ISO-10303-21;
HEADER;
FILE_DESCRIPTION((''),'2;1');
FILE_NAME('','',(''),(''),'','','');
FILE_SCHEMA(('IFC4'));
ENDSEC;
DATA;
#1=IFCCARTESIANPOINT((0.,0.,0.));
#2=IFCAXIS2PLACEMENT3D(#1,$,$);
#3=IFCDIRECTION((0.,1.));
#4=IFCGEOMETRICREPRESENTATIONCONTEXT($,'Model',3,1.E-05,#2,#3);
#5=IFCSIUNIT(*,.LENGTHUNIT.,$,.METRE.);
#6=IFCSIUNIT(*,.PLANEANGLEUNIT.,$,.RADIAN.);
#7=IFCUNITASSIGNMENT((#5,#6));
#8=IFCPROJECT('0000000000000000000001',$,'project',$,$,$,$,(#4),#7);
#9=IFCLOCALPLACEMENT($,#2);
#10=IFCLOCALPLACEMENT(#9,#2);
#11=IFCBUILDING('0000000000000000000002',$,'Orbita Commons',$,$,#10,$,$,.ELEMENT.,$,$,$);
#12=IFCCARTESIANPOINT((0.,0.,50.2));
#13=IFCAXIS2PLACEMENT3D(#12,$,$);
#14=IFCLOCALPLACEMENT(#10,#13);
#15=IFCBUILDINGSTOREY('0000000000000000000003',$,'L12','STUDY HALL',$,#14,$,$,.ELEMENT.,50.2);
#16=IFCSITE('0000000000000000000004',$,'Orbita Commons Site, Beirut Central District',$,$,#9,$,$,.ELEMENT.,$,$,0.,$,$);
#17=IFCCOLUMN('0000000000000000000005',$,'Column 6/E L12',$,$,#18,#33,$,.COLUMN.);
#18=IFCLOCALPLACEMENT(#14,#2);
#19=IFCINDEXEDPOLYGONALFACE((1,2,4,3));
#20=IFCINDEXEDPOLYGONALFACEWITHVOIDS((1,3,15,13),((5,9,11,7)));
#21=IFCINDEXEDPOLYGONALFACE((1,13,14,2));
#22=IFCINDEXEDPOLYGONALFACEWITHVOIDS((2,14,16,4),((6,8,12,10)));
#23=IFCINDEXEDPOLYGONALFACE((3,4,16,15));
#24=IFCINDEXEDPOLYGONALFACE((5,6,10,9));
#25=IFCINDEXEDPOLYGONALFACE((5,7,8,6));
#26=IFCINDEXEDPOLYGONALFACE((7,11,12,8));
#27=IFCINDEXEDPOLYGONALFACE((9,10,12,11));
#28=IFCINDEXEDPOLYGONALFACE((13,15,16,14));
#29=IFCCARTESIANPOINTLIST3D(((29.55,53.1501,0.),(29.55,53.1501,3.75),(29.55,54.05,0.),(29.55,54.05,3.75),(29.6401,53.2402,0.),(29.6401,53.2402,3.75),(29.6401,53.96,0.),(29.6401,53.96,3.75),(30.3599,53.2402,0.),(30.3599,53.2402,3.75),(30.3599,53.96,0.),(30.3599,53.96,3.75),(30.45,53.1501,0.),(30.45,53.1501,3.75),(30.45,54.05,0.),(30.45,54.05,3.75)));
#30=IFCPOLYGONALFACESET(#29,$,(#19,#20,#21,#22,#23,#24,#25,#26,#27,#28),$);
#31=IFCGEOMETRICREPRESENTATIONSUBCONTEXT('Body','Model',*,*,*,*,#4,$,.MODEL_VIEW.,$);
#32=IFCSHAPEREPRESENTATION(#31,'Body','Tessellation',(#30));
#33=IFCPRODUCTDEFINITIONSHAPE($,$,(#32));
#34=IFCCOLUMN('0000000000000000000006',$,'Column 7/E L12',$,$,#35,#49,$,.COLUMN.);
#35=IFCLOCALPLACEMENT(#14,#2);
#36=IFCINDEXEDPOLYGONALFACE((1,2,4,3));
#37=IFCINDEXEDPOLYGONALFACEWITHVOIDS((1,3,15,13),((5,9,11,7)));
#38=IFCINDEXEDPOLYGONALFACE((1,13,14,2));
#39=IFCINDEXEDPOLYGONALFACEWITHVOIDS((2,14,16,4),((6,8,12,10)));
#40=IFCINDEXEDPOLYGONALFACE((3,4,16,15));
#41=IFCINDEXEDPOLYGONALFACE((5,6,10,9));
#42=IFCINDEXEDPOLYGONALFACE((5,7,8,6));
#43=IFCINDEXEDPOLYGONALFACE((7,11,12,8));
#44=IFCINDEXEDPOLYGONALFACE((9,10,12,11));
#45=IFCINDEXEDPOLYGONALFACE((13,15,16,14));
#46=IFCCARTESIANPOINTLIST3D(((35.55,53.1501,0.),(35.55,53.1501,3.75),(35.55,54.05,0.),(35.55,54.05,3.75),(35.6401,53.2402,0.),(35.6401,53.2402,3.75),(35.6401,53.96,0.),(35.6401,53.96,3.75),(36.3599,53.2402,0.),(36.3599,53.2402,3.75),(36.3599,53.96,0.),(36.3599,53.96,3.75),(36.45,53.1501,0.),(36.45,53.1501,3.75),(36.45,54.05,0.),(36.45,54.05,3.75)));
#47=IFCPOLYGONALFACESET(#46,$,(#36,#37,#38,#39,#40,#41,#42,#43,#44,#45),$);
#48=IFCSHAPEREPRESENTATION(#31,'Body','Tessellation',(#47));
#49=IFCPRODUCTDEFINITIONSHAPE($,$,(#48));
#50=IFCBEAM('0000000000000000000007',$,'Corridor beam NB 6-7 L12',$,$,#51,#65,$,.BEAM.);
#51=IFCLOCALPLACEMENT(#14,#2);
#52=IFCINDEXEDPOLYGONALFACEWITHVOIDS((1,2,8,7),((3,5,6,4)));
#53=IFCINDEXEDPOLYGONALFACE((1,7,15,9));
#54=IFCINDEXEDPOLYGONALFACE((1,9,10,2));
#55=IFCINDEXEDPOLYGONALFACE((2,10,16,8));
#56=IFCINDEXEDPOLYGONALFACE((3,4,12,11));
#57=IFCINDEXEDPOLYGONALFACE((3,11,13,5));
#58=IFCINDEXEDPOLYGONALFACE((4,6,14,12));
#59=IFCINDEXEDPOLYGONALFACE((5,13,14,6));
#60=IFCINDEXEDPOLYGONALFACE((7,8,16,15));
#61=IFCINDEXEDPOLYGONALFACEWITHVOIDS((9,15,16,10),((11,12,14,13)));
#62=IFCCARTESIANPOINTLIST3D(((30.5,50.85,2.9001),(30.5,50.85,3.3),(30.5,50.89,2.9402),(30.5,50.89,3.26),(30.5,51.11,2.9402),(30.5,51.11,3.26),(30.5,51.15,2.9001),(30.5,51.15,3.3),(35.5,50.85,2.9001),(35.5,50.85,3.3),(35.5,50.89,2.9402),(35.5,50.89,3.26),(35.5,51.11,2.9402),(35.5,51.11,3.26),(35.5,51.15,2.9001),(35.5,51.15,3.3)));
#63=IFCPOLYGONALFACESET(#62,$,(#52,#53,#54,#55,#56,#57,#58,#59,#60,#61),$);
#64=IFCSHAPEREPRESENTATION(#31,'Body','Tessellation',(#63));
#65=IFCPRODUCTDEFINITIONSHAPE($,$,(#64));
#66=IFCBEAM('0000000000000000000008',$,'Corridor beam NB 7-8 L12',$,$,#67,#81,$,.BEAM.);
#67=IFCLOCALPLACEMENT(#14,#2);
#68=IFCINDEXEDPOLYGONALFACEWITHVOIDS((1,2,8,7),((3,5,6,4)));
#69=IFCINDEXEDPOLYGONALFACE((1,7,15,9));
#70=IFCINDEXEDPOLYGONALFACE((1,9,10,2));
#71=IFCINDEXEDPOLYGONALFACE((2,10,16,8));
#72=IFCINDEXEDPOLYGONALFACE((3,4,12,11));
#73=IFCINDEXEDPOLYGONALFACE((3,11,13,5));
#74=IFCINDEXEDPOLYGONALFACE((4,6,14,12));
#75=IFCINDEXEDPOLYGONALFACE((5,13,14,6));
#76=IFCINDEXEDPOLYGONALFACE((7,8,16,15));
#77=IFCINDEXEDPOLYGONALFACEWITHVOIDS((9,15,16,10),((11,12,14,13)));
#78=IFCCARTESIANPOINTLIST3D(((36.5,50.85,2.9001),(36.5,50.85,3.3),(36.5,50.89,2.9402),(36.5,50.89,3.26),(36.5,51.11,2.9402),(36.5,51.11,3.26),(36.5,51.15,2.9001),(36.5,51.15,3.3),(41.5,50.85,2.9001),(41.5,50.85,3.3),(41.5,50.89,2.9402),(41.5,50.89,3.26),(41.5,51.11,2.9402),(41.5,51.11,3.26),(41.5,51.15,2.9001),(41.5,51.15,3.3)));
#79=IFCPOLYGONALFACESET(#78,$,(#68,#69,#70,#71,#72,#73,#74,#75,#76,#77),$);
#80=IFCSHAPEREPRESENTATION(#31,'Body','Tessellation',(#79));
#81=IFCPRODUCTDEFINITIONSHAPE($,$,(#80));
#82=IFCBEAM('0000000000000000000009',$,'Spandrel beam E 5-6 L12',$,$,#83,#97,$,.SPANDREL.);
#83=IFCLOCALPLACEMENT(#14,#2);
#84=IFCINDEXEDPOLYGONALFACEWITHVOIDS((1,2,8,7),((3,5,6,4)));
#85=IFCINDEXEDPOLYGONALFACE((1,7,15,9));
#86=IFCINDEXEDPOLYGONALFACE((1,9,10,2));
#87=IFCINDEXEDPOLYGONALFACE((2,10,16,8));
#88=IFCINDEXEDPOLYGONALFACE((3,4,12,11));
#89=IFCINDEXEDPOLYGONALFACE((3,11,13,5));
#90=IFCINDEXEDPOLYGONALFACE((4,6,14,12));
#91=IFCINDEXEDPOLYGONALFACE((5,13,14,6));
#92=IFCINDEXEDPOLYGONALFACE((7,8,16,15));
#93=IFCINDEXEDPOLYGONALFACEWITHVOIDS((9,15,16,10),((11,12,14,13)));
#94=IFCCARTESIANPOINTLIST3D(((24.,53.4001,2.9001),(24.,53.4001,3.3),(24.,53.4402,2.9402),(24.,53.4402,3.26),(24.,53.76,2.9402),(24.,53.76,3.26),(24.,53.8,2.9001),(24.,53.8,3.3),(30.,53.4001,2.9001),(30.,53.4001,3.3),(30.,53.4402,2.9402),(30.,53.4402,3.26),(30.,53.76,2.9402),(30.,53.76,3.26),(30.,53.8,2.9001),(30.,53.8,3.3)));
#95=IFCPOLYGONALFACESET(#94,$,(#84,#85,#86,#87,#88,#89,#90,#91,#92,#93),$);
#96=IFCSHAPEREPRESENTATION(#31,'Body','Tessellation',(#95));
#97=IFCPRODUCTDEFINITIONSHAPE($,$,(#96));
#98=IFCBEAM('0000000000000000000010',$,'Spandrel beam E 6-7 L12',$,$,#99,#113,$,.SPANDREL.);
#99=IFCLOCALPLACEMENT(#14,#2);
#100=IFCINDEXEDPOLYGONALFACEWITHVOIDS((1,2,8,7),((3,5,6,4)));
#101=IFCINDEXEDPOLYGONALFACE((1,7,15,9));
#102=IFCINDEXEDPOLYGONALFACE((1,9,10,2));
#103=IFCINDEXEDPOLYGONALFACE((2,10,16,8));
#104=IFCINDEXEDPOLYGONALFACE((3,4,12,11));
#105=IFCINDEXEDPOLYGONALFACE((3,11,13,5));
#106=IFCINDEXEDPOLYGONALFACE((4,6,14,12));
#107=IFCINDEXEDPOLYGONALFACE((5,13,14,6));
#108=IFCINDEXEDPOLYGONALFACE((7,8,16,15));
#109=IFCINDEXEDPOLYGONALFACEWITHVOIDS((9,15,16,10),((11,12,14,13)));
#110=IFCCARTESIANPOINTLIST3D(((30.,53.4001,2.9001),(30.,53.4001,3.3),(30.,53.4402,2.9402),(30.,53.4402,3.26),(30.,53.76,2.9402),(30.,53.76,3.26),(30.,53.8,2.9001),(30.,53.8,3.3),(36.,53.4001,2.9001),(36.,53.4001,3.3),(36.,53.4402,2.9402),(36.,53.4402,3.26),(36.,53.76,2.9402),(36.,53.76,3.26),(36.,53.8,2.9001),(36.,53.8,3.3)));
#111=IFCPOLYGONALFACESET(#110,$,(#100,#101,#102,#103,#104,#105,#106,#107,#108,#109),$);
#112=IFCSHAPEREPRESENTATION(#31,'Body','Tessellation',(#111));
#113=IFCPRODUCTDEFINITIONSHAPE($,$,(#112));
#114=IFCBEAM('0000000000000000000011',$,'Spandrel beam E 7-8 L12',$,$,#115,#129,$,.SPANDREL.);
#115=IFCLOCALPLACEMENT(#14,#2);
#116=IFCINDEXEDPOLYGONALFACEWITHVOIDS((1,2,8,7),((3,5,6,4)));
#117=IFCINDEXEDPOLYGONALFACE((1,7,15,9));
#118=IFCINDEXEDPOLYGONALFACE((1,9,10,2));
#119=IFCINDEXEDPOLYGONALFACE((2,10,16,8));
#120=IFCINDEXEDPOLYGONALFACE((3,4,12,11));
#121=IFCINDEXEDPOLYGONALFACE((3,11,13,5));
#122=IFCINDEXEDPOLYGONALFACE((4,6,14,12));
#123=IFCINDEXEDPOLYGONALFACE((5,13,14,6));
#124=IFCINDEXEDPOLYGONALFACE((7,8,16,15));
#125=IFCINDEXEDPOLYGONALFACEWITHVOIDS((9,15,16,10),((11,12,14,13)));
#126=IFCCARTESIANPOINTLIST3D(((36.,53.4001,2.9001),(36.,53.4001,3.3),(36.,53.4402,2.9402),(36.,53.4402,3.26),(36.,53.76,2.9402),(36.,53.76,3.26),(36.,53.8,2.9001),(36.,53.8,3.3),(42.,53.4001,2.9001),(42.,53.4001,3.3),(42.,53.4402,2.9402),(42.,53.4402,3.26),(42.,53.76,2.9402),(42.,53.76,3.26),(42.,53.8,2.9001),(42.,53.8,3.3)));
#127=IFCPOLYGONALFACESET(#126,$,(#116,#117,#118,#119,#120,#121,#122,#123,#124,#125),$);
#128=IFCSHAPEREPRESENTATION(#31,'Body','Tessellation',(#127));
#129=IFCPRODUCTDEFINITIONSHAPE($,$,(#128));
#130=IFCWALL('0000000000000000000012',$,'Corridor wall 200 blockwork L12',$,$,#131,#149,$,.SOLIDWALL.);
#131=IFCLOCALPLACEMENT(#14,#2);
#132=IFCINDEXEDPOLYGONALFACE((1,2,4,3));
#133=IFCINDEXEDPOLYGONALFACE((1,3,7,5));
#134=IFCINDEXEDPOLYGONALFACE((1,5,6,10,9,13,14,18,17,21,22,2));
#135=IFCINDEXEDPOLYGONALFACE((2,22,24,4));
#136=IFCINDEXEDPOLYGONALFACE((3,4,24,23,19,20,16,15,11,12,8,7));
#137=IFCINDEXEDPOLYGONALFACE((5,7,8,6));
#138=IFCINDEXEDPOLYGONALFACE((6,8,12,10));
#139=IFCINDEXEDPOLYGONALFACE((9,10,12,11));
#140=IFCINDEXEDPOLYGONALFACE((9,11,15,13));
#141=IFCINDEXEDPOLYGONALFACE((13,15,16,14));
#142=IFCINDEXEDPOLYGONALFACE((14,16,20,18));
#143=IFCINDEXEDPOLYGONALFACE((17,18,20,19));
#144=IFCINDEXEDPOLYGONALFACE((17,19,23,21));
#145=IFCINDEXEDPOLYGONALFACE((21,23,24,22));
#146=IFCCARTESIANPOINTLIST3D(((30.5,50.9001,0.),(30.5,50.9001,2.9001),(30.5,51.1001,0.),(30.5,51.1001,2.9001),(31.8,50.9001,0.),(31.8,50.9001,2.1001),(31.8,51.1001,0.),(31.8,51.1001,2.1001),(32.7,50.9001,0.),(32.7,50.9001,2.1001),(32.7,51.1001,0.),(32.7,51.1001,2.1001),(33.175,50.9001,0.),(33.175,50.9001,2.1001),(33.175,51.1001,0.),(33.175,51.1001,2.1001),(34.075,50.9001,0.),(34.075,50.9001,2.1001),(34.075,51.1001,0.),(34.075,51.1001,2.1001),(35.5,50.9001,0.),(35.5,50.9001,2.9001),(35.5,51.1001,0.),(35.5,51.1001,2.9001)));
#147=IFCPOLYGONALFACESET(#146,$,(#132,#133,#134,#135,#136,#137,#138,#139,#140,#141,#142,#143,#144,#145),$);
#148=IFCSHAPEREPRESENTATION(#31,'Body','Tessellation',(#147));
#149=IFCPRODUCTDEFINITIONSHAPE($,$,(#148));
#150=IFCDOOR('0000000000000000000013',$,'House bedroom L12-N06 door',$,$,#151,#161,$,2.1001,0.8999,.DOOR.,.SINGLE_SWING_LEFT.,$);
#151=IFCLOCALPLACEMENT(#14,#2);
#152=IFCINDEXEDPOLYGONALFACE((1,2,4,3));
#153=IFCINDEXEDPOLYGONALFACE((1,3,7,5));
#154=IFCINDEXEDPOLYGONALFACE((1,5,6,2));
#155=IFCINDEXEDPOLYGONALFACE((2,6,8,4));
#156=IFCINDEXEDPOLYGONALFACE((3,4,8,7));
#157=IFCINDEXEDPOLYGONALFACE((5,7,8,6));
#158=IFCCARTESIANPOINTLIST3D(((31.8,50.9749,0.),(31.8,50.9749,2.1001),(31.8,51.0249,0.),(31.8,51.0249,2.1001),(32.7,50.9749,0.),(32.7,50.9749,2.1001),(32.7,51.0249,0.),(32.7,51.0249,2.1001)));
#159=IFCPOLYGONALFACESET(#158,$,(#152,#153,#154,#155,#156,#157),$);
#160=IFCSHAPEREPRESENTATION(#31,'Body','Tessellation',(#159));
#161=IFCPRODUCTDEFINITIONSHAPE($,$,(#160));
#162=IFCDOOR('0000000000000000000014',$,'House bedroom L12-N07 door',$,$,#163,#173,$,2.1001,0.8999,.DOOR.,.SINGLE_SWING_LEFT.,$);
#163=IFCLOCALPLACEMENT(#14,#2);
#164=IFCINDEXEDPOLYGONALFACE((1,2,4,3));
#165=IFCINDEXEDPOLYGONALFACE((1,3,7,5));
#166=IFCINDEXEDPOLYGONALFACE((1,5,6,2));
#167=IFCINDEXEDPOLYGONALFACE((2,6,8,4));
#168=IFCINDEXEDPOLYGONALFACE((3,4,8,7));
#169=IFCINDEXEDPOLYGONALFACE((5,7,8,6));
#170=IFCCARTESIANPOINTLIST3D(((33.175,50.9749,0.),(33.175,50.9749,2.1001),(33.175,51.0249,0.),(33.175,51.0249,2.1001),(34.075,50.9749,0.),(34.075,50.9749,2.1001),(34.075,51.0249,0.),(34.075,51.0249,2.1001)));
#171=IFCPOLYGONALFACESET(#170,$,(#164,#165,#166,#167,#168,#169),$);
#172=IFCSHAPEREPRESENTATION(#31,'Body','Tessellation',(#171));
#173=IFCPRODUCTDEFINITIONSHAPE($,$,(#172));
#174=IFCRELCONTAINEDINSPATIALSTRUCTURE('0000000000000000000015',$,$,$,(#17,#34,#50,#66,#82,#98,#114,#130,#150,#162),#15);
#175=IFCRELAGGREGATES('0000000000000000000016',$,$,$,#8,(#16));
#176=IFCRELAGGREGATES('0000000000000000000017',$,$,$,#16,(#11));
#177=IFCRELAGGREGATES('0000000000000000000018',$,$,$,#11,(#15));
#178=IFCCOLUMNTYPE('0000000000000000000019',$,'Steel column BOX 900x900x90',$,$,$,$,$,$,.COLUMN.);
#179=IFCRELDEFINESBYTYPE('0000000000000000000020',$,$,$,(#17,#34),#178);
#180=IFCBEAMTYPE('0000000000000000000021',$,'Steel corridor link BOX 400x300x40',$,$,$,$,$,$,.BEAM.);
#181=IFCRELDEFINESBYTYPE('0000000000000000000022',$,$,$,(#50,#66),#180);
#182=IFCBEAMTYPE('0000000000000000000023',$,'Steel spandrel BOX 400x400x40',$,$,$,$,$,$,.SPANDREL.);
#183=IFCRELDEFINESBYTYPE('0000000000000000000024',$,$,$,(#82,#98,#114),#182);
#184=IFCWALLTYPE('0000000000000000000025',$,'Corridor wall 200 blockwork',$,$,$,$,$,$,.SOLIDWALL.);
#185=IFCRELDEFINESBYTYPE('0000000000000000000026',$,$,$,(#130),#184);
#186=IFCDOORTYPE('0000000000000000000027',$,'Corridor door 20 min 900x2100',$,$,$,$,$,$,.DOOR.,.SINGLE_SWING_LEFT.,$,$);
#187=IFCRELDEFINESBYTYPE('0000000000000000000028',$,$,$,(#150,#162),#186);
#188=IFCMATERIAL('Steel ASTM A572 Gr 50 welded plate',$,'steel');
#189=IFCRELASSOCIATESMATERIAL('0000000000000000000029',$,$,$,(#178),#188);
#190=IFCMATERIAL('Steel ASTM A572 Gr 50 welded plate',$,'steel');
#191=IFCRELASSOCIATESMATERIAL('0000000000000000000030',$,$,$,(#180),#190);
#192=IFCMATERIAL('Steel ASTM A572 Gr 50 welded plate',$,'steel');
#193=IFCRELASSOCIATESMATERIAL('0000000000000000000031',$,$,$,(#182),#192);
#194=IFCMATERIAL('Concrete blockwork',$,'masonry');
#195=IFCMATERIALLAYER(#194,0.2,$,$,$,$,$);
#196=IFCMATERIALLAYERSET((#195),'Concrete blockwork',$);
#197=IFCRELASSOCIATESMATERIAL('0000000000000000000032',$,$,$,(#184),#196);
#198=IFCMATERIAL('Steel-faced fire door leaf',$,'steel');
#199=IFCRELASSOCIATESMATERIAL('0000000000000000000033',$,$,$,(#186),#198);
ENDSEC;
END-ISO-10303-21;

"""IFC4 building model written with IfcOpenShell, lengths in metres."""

from ifc_helpers import new_model, si_unit, direction, frame, frame_2d, origin, origin_2d, place, context, subcontext, project, spatial, polyline, rectangle, hollow_rectangle, outline, extrude, material, layer, layer_set, material_profile, profile_set, type_object, element, fill, save


model = new_model("IFC4")

# Units and contexts
model_context = context("Model", 3, precision=1e-05, world=origin(), true_north=direction((0.0, 1.0)))
body_context = subcontext(model_context, "Body", "Model", "MODEL_VIEW")
ifc_project = project(units=[si_unit("LENGTHUNIT", "METRE"), si_unit("PLANEANGLEUNIT", "RADIAN")], contexts=[model_context])

# Site, building, storey
site_placement = place(None, origin())
site = spatial("IfcSite", under=ifc_project, at=site_placement, Name="Orbita Commons Site, Beirut Central District", CompositionType="ELEMENT", RefElevation=0.0)
building_placement = place(site_placement, origin())
building = spatial("IfcBuilding", under=site, at=building_placement, Name="Orbita Commons", CompositionType="ELEMENT")
storey_placement = place(building_placement, frame((0.0, 0.0, 50.2)))
storey = spatial("IfcBuildingStorey", under=building, at=storey_placement, Name="L12", Description="STUDY HALL", CompositionType="ELEMENT", Elevation=50.2)

# Columns
ifc_material_1 = material(Name="Steel ASTM A572 Gr 50 welded plate", Category="steel")
ifc_material_profile_1 = material_profile(ifc_material_1, hollow_rectangle(XDim=0.8999, YDim=0.8999, WallThickness=0.0901, at=origin_2d()), Name="BOX 900x900x90")
ifc_profile_set_1 = profile_set([ifc_material_profile_1], Name="Steel ASTM A572 Gr 50 welded plate")
column_type = type_object("IfcColumnType", Name="Steel column BOX 900x900x90", PredefinedType="COLUMN", material=ifc_profile_set_1)
for number, where, z_axis, x_axis, name in (
    (1, (30.0, 53.6001, 0.0), (0.0, 0.0, 1.0), (1.0, 0.0, 0.0), "Column 6/E L12"),
    (2, (36.0, 53.6001, 0.0), (0.0, 0.0, 1.0), (1.0, 0.0, 0.0), "Column 7/E L12"),
):
    element("IfcColumn", number, at=place(storey_placement, frame(where, z_axis=z_axis, x_axis=x_axis)), inside=storey, type_object=column_type, Name=name, PredefinedType="COLUMN", context=body_context, shape_type="SweptSolid", body=[
        extrude(hollow_rectangle(XDim=0.8999, YDim=0.8999, WallThickness=0.0901, at=origin_2d()), origin(), (0.0, 0.0, 1.0), 3.75),
    ])

# Beams
ifc_material_2 = material(Name="Steel ASTM A572 Gr 50 welded plate", Category="steel")
ifc_material_profile_2 = material_profile(ifc_material_2, hollow_rectangle(XDim=0.3, YDim=0.3999, WallThickness=0.04, at=origin_2d()), Name="BOX 400x300x40")
ifc_profile_set_2 = profile_set([ifc_material_profile_2], Name="Steel ASTM A572 Gr 50 welded plate")
beam_type_1 = type_object("IfcBeamType", Name="Steel corridor link BOX 400x300x40", PredefinedType="BEAM", material=ifc_profile_set_2)
for number, where, z_axis, x_axis, name in (
    (3, (30.5, 51.0, 3.1001), (1.0, 0.0, 0.0), (0.0, 1.0, 0.0), "Corridor beam NB 6-7 L12"),
    (4, (36.5, 51.0, 3.1001), (1.0, 0.0, 0.0), (0.0, 1.0, 0.0), "Corridor beam NB 7-8 L12"),
):
    element("IfcBeam", number, at=place(storey_placement, frame(where, z_axis=z_axis, x_axis=x_axis)), inside=storey, type_object=beam_type_1, Name=name, PredefinedType="BEAM", context=body_context, shape_type="SweptSolid", body=[
        extrude(hollow_rectangle(XDim=0.3, YDim=0.3999, WallThickness=0.04, at=origin_2d()), origin(), (0.0, 0.0, 1.0), 5.0),
    ])
ifc_material_3 = material(Name="Steel ASTM A572 Gr 50 welded plate", Category="steel")
ifc_material_profile_3 = material_profile(ifc_material_3, hollow_rectangle(XDim=0.3999, YDim=0.3999, WallThickness=0.04, at=origin_2d()), Name="BOX 400x400x40")
ifc_profile_set_3 = profile_set([ifc_material_profile_3], Name="Steel ASTM A572 Gr 50 welded plate")
beam_type_2 = type_object("IfcBeamType", Name="Steel spandrel BOX 400x400x40", PredefinedType="SPANDREL", material=ifc_profile_set_3)
for number, where, z_axis, x_axis, name in (
    (5, (24.0, 53.6001, 3.1001), (1.0, 0.0, 0.0), (0.0, 1.0, 0.0), "Spandrel beam E 5-6 L12"),
    (6, (30.0, 53.6001, 3.1001), (1.0, 0.0, 0.0), (0.0, 1.0, 0.0), "Spandrel beam E 6-7 L12"),
    (7, (36.0, 53.6001, 3.1001), (1.0, 0.0, 0.0), (0.0, 1.0, 0.0), "Spandrel beam E 7-8 L12"),
):
    element("IfcBeam", number, at=place(storey_placement, frame(where, z_axis=z_axis, x_axis=x_axis)), inside=storey, type_object=beam_type_2, Name=name, PredefinedType="SPANDREL", context=body_context, shape_type="SweptSolid", body=[
        extrude(hollow_rectangle(XDim=0.3999, YDim=0.3999, WallThickness=0.04, at=origin_2d()), origin(), (0.0, 0.0, 1.0), 6.0),
    ])

# Wall, openings, doors
ifc_material_4 = material(Name="Concrete blockwork", Category="masonry")
ifc_layer_1 = layer(ifc_material_4, 0.2)
ifc_layer_set_1 = layer_set([ifc_layer_1], Name="Concrete blockwork")
wall_type_1 = type_object("IfcWallType", Name="Corridor wall 200 blockwork", PredefinedType="SOLIDWALL", material=ifc_layer_set_1)
wall_1_placement = place(storey_placement, frame((30.5, 51.0, 0.0), z_axis=(0.0, 0.0, 1.0), x_axis=(1.0, 0.0, 0.0)))
wall_1 = element("IfcWall", 8, at=wall_1_placement, inside=storey, type_object=wall_type_1, Name="Corridor wall 200 blockwork L12", PredefinedType="SOLIDWALL", context=body_context, shape_type="SweptSolid", body=[
    extrude(outline(polyline([(0.0, 0.0), (5.0, 0.0), (5.0, 2.9001), (0.0, 2.9001), (0.0, 0.0)])), frame((0.0, 0.1001, 0.0), z_axis=(0.0, -1.0, 0.0), x_axis=(1.0, 0.0, 0.0)), (0.0, 0.0, 1.0), 0.2),
])
opening_1_placement = place(wall_1_placement, frame((1.3, 0.0, 0.0)))
opening_1 = element("IfcOpeningElement", 9, at=opening_1_placement, cuts=wall_1, PredefinedType="OPENING", context=body_context, shape_type="SweptSolid", body=[
    extrude(rectangle(XDim=0.8999, YDim=2.1001, at=frame_2d((0.45, 1.05))), frame((0.0, 0.1099, 0.0), z_axis=(0.0, -1.0, 0.0), x_axis=(1.0, 0.0, 0.0)), (0.0, 0.0, 1.0), 0.22),
])
opening_2_placement = place(wall_1_placement, frame((2.675, 0.0, 0.0)))
opening_2 = element("IfcOpeningElement", 10, at=opening_2_placement, cuts=wall_1, PredefinedType="OPENING", context=body_context, shape_type="SweptSolid", body=[
    extrude(rectangle(XDim=0.8999, YDim=2.1001, at=frame_2d((0.45, 1.05))), frame((0.0, 0.1099, 0.0), z_axis=(0.0, -1.0, 0.0), x_axis=(1.0, 0.0, 0.0)), (0.0, 0.0, 1.0), 0.22),
])
ifc_material_5 = material(Name="Steel-faced fire door leaf", Category="steel")
door_type_1 = type_object("IfcDoorType", Name="Corridor door 20 min 900x2100", OperationType="SINGLE_SWING_LEFT", PredefinedType="DOOR", material=ifc_material_5)
door_1_placement = place(opening_1_placement, origin())
door_1 = element("IfcDoor", 11, at=door_1_placement, inside=storey, type_object=door_type_1, Name="House bedroom L12-N06 door", OperationType="SINGLE_SWING_LEFT", OverallHeight=2.1001, OverallWidth=0.8999, PredefinedType="DOOR", context=body_context, shape_type="SweptSolid", body=[
    extrude(rectangle(XDim=0.8999, YDim=2.1001, at=frame_2d((0.45, 1.05))), frame((0.0, 0.0249, 0.0), z_axis=(0.0, -1.0, 0.0), x_axis=(1.0, 0.0, 0.0)), (0.0, 0.0, 1.0), 0.05),
])
fill(opening_1, door_1)
door_2_placement = place(opening_2_placement, origin())
door_2 = element("IfcDoor", 12, at=door_2_placement, inside=storey, type_object=door_type_1, Name="House bedroom L12-N07 door", OperationType="SINGLE_SWING_LEFT", OverallHeight=2.1001, OverallWidth=0.8999, PredefinedType="DOOR", context=body_context, shape_type="SweptSolid", body=[
    extrude(rectangle(XDim=0.8999, YDim=2.1001, at=frame_2d((0.45, 1.05))), frame((0.0, 0.0249, 0.0), z_axis=(0.0, -1.0, 0.0), x_axis=(1.0, 0.0, 0.0)), (0.0, 0.0, 1.0), 0.05),
])
fill(opening_2, door_2)

save(model, "model.ifc")
